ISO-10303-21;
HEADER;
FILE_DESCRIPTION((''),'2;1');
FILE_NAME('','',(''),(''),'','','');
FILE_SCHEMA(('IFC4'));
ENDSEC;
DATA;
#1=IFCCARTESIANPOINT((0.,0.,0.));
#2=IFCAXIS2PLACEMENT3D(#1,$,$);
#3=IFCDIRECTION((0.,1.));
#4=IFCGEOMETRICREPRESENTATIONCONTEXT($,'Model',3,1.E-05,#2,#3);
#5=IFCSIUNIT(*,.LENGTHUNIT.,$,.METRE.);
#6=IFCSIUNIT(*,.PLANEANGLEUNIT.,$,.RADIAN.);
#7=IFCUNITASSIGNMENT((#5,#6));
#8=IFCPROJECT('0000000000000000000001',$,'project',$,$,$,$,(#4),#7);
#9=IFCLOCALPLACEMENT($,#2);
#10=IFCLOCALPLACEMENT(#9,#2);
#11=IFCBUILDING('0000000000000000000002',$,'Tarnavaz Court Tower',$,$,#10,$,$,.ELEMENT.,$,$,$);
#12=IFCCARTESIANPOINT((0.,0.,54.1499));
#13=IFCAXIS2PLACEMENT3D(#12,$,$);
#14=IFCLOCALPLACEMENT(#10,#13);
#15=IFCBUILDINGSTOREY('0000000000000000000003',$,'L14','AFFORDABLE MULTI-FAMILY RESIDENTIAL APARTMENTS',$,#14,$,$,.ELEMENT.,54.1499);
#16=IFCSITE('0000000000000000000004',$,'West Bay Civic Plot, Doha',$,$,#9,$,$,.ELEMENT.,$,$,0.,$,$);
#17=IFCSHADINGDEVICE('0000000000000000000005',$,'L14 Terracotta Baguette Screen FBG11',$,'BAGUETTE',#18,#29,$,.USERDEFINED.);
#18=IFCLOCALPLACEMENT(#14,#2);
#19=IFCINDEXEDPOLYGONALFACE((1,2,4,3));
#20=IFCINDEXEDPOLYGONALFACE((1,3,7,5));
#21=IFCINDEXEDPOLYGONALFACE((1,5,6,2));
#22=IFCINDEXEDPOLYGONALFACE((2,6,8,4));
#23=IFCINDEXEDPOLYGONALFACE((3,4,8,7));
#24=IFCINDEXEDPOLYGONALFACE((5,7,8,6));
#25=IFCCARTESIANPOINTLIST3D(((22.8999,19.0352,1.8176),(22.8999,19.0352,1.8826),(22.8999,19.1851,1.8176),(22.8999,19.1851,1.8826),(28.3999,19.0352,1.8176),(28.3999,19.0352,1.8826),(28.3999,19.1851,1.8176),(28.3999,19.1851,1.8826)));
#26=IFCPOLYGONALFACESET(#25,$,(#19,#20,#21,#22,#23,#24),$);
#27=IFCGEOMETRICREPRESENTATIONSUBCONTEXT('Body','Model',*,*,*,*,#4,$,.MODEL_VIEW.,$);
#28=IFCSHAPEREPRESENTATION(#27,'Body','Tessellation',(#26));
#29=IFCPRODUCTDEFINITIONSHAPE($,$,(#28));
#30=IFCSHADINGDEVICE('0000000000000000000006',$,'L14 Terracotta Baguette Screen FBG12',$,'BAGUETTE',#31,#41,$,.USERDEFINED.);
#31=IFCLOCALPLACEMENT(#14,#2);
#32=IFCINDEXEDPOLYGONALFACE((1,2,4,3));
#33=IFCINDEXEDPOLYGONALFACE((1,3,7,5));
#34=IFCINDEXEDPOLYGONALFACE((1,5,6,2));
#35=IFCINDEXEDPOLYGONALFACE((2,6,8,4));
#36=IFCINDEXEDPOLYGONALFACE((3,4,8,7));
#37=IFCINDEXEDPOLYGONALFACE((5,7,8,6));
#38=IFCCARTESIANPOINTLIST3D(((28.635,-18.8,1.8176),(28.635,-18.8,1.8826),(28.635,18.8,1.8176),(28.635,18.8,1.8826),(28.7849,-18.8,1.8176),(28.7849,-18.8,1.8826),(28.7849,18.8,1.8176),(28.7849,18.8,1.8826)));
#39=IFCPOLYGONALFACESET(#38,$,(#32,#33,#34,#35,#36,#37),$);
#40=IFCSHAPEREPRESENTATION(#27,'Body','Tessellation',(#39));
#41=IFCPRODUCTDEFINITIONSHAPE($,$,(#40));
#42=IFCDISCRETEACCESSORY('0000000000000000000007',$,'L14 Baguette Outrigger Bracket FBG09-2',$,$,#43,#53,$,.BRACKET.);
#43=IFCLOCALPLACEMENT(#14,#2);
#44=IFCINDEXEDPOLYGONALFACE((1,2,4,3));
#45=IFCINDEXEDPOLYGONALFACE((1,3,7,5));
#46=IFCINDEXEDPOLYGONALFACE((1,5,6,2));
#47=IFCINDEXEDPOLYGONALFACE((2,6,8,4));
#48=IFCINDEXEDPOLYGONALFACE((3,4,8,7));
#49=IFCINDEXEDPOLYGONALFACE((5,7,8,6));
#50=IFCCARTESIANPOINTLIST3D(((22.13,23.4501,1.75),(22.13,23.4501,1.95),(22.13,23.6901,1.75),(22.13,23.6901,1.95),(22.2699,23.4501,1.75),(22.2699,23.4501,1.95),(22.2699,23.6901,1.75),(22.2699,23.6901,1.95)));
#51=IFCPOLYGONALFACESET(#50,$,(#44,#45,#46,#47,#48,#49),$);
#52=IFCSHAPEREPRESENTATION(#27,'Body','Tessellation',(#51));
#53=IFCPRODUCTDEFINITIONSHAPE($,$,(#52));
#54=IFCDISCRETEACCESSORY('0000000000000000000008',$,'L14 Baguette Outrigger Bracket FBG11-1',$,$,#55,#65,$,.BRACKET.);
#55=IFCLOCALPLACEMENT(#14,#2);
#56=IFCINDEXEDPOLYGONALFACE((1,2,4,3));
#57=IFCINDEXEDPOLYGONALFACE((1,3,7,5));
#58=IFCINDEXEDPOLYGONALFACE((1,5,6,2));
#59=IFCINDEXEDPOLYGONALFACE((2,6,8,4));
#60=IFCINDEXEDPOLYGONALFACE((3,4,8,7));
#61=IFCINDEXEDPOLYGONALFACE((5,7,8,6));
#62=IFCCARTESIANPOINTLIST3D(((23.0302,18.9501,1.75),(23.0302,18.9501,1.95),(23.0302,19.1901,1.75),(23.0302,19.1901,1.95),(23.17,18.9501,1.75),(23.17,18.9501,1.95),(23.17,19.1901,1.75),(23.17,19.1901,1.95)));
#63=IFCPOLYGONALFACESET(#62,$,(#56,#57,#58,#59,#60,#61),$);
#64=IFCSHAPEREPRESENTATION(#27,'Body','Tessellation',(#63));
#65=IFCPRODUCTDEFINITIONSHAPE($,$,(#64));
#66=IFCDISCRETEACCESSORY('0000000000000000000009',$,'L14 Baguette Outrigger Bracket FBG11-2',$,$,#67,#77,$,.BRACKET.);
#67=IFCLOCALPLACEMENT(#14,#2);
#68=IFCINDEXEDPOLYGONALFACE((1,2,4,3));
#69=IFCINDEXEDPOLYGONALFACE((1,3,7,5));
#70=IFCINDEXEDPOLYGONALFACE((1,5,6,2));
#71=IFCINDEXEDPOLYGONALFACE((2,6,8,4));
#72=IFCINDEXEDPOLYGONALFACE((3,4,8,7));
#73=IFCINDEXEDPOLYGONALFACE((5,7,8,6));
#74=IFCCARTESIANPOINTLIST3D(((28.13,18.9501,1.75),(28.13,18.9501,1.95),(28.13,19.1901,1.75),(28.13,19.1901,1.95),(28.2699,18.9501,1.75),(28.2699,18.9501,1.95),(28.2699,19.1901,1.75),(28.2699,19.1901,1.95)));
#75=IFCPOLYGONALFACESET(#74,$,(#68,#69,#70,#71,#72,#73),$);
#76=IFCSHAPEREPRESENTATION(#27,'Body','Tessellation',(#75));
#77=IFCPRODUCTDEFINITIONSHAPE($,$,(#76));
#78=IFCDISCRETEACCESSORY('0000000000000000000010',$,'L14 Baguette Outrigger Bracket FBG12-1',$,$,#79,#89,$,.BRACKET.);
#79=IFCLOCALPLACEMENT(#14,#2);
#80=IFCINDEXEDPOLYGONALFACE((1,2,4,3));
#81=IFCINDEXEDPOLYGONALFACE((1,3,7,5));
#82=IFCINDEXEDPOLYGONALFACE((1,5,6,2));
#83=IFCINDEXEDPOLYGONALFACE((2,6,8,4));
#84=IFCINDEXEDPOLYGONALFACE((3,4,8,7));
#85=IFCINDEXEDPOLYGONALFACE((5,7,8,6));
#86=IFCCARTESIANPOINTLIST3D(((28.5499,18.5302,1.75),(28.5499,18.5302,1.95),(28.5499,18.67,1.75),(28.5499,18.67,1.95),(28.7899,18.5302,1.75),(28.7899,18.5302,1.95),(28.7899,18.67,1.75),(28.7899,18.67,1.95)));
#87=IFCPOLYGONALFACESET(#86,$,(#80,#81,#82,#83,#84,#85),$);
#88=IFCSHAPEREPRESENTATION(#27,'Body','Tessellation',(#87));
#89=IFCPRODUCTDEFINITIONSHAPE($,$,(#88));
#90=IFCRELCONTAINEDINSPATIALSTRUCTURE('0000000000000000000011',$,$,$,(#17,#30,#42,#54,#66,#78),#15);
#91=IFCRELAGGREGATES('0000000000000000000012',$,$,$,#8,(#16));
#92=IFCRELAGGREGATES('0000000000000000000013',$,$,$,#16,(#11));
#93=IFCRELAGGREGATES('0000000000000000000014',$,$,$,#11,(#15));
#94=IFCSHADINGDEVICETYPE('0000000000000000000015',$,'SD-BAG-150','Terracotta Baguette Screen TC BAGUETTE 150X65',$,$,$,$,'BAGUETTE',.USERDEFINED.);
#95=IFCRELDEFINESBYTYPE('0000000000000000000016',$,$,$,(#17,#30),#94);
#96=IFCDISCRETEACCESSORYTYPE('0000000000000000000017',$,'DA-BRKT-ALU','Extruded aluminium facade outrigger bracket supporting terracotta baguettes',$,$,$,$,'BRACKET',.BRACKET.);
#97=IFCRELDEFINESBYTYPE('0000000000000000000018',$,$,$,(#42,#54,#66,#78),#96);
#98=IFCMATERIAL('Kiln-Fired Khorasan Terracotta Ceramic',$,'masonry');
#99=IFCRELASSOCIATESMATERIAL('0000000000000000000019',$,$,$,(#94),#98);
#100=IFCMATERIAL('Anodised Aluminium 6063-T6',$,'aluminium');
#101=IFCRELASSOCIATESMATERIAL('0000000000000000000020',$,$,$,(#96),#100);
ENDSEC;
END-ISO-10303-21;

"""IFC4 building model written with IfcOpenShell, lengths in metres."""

from ifc_helpers import new_model, si_unit, direction, frame, origin, origin_2d, place, context, subcontext, project, spatial, rectangle, extrude, material, material_profile, profile_set, type_object, element, save


model = new_model("IFC4")

# Units and contexts
model_context = context("Model", 3, precision=1e-05, world=origin(), true_north=direction((0.0, 1.0)))
body_context = subcontext(model_context, "Body", "Model", "MODEL_VIEW")
ifc_project = project(units=[si_unit("LENGTHUNIT", "METRE"), si_unit("PLANEANGLEUNIT", "RADIAN")], contexts=[model_context])

# Site, building, storey
site_placement = place(None, origin())
site = spatial("IfcSite", under=ifc_project, at=site_placement, Name="West Bay Civic Plot, Doha", CompositionType="ELEMENT", RefElevation=0.0)
building_placement = place(site_placement, origin())
building = spatial("IfcBuilding", under=site, at=building_placement, Name="Tarnavaz Court Tower", CompositionType="ELEMENT")
storey_placement = place(building_placement, frame((0.0, 0.0, 54.1499)))
storey = spatial("IfcBuildingStorey", under=building, at=storey_placement, Name="L14", Description="AFFORDABLE MULTI-FAMILY RESIDENTIAL APARTMENTS", CompositionType="ELEMENT", Elevation=54.1499)

# Shading devices
ifc_material_1 = material(Name="Kiln-Fired Khorasan Terracotta Ceramic", Category="masonry")
ifc_material_profile_1 = material_profile(ifc_material_1, rectangle(XDim=0.1499, YDim=0.0649, at=origin_2d()), Name="TC BAGUETTE 150X65")
ifc_profile_set_1 = profile_set([ifc_material_profile_1], Name="Kiln-Fired Khorasan Terracotta Ceramic")
shading_device_type = type_object("IfcShadingDeviceType", Name="SD-BAG-150", Description="Terracotta Baguette Screen TC BAGUETTE 150X65", ElementType="BAGUETTE", PredefinedType="USERDEFINED", material=ifc_profile_set_1)
shading_device_1_placement = place(storey_placement, frame((22.8999, 19.1101, 1.8501), z_axis=(1.0, 0.0, 0.0), x_axis=(0.0, 1.0, 0.0)))
element("IfcShadingDevice", 1, at=shading_device_1_placement, inside=storey, type_object=shading_device_type, Name="L14 Terracotta Baguette Screen FBG11", ObjectType="BAGUETTE", PredefinedType="USERDEFINED", context=body_context, shape_type="SweptSolid", body=[
    extrude(rectangle(XDim=0.1499, YDim=0.0649, at=origin_2d()), origin(), (0.0, 0.0, 1.0), 5.5),
])
shading_device_2_placement = place(storey_placement, frame((28.71, 18.8, 1.8501), z_axis=(0.0, -1.0, 0.0), x_axis=(1.0, 0.0, 0.0)))
element("IfcShadingDevice", 2, at=shading_device_2_placement, inside=storey, type_object=shading_device_type, Name="L14 Terracotta Baguette Screen FBG12", ObjectType="BAGUETTE", PredefinedType="USERDEFINED", context=body_context, shape_type="SweptSolid", body=[
    extrude(rectangle(XDim=0.1499, YDim=0.0649, at=origin_2d()), origin(), (0.0, 0.0, 1.0), 37.6001),
])

# Discrete accessories
ifc_material_2 = material(Name="Anodised Aluminium 6063-T6", Category="aluminium")
discrete_accessory_type = type_object("IfcDiscreteAccessoryType", Name="DA-BRKT-ALU", Description="Extruded aluminium facade outrigger bracket supporting terracotta baguettes", ElementType="BRACKET", PredefinedType="BRACKET", material=ifc_material_2)
for number, where, z_axis, x_axis, name in (
    (3, (22.2, 23.5701, 1.75), (0.0, 0.0, 1.0), (1.0, 0.0, 0.0), "L14 Baguette Outrigger Bracket FBG09-2"),
    (4, (23.1001, 19.0701, 1.75), (0.0, 0.0, 1.0), (1.0, 0.0, 0.0), "L14 Baguette Outrigger Bracket FBG11-1"),
    (5, (28.2, 19.0701, 1.75), (0.0, 0.0, 1.0), (1.0, 0.0, 0.0), "L14 Baguette Outrigger Bracket FBG11-2"),
    (6, (28.6699, 18.6001, 1.75), (0.0, 0.0, 1.0), (0.0, -1.0, 0.0), "L14 Baguette Outrigger Bracket FBG12-1"),
):
    element("IfcDiscreteAccessory", number, at=place(storey_placement, frame(where, z_axis=z_axis, x_axis=x_axis)), inside=storey, type_object=discrete_accessory_type, Name=name, PredefinedType="BRACKET", context=body_context, shape_type="SweptSolid", body=[
        extrude(rectangle(XDim=0.1399, YDim=0.24, at=origin_2d()), origin(), (0.0, 0.0, 1.0), 0.2),
    ])

save(model, "model.ifc")
